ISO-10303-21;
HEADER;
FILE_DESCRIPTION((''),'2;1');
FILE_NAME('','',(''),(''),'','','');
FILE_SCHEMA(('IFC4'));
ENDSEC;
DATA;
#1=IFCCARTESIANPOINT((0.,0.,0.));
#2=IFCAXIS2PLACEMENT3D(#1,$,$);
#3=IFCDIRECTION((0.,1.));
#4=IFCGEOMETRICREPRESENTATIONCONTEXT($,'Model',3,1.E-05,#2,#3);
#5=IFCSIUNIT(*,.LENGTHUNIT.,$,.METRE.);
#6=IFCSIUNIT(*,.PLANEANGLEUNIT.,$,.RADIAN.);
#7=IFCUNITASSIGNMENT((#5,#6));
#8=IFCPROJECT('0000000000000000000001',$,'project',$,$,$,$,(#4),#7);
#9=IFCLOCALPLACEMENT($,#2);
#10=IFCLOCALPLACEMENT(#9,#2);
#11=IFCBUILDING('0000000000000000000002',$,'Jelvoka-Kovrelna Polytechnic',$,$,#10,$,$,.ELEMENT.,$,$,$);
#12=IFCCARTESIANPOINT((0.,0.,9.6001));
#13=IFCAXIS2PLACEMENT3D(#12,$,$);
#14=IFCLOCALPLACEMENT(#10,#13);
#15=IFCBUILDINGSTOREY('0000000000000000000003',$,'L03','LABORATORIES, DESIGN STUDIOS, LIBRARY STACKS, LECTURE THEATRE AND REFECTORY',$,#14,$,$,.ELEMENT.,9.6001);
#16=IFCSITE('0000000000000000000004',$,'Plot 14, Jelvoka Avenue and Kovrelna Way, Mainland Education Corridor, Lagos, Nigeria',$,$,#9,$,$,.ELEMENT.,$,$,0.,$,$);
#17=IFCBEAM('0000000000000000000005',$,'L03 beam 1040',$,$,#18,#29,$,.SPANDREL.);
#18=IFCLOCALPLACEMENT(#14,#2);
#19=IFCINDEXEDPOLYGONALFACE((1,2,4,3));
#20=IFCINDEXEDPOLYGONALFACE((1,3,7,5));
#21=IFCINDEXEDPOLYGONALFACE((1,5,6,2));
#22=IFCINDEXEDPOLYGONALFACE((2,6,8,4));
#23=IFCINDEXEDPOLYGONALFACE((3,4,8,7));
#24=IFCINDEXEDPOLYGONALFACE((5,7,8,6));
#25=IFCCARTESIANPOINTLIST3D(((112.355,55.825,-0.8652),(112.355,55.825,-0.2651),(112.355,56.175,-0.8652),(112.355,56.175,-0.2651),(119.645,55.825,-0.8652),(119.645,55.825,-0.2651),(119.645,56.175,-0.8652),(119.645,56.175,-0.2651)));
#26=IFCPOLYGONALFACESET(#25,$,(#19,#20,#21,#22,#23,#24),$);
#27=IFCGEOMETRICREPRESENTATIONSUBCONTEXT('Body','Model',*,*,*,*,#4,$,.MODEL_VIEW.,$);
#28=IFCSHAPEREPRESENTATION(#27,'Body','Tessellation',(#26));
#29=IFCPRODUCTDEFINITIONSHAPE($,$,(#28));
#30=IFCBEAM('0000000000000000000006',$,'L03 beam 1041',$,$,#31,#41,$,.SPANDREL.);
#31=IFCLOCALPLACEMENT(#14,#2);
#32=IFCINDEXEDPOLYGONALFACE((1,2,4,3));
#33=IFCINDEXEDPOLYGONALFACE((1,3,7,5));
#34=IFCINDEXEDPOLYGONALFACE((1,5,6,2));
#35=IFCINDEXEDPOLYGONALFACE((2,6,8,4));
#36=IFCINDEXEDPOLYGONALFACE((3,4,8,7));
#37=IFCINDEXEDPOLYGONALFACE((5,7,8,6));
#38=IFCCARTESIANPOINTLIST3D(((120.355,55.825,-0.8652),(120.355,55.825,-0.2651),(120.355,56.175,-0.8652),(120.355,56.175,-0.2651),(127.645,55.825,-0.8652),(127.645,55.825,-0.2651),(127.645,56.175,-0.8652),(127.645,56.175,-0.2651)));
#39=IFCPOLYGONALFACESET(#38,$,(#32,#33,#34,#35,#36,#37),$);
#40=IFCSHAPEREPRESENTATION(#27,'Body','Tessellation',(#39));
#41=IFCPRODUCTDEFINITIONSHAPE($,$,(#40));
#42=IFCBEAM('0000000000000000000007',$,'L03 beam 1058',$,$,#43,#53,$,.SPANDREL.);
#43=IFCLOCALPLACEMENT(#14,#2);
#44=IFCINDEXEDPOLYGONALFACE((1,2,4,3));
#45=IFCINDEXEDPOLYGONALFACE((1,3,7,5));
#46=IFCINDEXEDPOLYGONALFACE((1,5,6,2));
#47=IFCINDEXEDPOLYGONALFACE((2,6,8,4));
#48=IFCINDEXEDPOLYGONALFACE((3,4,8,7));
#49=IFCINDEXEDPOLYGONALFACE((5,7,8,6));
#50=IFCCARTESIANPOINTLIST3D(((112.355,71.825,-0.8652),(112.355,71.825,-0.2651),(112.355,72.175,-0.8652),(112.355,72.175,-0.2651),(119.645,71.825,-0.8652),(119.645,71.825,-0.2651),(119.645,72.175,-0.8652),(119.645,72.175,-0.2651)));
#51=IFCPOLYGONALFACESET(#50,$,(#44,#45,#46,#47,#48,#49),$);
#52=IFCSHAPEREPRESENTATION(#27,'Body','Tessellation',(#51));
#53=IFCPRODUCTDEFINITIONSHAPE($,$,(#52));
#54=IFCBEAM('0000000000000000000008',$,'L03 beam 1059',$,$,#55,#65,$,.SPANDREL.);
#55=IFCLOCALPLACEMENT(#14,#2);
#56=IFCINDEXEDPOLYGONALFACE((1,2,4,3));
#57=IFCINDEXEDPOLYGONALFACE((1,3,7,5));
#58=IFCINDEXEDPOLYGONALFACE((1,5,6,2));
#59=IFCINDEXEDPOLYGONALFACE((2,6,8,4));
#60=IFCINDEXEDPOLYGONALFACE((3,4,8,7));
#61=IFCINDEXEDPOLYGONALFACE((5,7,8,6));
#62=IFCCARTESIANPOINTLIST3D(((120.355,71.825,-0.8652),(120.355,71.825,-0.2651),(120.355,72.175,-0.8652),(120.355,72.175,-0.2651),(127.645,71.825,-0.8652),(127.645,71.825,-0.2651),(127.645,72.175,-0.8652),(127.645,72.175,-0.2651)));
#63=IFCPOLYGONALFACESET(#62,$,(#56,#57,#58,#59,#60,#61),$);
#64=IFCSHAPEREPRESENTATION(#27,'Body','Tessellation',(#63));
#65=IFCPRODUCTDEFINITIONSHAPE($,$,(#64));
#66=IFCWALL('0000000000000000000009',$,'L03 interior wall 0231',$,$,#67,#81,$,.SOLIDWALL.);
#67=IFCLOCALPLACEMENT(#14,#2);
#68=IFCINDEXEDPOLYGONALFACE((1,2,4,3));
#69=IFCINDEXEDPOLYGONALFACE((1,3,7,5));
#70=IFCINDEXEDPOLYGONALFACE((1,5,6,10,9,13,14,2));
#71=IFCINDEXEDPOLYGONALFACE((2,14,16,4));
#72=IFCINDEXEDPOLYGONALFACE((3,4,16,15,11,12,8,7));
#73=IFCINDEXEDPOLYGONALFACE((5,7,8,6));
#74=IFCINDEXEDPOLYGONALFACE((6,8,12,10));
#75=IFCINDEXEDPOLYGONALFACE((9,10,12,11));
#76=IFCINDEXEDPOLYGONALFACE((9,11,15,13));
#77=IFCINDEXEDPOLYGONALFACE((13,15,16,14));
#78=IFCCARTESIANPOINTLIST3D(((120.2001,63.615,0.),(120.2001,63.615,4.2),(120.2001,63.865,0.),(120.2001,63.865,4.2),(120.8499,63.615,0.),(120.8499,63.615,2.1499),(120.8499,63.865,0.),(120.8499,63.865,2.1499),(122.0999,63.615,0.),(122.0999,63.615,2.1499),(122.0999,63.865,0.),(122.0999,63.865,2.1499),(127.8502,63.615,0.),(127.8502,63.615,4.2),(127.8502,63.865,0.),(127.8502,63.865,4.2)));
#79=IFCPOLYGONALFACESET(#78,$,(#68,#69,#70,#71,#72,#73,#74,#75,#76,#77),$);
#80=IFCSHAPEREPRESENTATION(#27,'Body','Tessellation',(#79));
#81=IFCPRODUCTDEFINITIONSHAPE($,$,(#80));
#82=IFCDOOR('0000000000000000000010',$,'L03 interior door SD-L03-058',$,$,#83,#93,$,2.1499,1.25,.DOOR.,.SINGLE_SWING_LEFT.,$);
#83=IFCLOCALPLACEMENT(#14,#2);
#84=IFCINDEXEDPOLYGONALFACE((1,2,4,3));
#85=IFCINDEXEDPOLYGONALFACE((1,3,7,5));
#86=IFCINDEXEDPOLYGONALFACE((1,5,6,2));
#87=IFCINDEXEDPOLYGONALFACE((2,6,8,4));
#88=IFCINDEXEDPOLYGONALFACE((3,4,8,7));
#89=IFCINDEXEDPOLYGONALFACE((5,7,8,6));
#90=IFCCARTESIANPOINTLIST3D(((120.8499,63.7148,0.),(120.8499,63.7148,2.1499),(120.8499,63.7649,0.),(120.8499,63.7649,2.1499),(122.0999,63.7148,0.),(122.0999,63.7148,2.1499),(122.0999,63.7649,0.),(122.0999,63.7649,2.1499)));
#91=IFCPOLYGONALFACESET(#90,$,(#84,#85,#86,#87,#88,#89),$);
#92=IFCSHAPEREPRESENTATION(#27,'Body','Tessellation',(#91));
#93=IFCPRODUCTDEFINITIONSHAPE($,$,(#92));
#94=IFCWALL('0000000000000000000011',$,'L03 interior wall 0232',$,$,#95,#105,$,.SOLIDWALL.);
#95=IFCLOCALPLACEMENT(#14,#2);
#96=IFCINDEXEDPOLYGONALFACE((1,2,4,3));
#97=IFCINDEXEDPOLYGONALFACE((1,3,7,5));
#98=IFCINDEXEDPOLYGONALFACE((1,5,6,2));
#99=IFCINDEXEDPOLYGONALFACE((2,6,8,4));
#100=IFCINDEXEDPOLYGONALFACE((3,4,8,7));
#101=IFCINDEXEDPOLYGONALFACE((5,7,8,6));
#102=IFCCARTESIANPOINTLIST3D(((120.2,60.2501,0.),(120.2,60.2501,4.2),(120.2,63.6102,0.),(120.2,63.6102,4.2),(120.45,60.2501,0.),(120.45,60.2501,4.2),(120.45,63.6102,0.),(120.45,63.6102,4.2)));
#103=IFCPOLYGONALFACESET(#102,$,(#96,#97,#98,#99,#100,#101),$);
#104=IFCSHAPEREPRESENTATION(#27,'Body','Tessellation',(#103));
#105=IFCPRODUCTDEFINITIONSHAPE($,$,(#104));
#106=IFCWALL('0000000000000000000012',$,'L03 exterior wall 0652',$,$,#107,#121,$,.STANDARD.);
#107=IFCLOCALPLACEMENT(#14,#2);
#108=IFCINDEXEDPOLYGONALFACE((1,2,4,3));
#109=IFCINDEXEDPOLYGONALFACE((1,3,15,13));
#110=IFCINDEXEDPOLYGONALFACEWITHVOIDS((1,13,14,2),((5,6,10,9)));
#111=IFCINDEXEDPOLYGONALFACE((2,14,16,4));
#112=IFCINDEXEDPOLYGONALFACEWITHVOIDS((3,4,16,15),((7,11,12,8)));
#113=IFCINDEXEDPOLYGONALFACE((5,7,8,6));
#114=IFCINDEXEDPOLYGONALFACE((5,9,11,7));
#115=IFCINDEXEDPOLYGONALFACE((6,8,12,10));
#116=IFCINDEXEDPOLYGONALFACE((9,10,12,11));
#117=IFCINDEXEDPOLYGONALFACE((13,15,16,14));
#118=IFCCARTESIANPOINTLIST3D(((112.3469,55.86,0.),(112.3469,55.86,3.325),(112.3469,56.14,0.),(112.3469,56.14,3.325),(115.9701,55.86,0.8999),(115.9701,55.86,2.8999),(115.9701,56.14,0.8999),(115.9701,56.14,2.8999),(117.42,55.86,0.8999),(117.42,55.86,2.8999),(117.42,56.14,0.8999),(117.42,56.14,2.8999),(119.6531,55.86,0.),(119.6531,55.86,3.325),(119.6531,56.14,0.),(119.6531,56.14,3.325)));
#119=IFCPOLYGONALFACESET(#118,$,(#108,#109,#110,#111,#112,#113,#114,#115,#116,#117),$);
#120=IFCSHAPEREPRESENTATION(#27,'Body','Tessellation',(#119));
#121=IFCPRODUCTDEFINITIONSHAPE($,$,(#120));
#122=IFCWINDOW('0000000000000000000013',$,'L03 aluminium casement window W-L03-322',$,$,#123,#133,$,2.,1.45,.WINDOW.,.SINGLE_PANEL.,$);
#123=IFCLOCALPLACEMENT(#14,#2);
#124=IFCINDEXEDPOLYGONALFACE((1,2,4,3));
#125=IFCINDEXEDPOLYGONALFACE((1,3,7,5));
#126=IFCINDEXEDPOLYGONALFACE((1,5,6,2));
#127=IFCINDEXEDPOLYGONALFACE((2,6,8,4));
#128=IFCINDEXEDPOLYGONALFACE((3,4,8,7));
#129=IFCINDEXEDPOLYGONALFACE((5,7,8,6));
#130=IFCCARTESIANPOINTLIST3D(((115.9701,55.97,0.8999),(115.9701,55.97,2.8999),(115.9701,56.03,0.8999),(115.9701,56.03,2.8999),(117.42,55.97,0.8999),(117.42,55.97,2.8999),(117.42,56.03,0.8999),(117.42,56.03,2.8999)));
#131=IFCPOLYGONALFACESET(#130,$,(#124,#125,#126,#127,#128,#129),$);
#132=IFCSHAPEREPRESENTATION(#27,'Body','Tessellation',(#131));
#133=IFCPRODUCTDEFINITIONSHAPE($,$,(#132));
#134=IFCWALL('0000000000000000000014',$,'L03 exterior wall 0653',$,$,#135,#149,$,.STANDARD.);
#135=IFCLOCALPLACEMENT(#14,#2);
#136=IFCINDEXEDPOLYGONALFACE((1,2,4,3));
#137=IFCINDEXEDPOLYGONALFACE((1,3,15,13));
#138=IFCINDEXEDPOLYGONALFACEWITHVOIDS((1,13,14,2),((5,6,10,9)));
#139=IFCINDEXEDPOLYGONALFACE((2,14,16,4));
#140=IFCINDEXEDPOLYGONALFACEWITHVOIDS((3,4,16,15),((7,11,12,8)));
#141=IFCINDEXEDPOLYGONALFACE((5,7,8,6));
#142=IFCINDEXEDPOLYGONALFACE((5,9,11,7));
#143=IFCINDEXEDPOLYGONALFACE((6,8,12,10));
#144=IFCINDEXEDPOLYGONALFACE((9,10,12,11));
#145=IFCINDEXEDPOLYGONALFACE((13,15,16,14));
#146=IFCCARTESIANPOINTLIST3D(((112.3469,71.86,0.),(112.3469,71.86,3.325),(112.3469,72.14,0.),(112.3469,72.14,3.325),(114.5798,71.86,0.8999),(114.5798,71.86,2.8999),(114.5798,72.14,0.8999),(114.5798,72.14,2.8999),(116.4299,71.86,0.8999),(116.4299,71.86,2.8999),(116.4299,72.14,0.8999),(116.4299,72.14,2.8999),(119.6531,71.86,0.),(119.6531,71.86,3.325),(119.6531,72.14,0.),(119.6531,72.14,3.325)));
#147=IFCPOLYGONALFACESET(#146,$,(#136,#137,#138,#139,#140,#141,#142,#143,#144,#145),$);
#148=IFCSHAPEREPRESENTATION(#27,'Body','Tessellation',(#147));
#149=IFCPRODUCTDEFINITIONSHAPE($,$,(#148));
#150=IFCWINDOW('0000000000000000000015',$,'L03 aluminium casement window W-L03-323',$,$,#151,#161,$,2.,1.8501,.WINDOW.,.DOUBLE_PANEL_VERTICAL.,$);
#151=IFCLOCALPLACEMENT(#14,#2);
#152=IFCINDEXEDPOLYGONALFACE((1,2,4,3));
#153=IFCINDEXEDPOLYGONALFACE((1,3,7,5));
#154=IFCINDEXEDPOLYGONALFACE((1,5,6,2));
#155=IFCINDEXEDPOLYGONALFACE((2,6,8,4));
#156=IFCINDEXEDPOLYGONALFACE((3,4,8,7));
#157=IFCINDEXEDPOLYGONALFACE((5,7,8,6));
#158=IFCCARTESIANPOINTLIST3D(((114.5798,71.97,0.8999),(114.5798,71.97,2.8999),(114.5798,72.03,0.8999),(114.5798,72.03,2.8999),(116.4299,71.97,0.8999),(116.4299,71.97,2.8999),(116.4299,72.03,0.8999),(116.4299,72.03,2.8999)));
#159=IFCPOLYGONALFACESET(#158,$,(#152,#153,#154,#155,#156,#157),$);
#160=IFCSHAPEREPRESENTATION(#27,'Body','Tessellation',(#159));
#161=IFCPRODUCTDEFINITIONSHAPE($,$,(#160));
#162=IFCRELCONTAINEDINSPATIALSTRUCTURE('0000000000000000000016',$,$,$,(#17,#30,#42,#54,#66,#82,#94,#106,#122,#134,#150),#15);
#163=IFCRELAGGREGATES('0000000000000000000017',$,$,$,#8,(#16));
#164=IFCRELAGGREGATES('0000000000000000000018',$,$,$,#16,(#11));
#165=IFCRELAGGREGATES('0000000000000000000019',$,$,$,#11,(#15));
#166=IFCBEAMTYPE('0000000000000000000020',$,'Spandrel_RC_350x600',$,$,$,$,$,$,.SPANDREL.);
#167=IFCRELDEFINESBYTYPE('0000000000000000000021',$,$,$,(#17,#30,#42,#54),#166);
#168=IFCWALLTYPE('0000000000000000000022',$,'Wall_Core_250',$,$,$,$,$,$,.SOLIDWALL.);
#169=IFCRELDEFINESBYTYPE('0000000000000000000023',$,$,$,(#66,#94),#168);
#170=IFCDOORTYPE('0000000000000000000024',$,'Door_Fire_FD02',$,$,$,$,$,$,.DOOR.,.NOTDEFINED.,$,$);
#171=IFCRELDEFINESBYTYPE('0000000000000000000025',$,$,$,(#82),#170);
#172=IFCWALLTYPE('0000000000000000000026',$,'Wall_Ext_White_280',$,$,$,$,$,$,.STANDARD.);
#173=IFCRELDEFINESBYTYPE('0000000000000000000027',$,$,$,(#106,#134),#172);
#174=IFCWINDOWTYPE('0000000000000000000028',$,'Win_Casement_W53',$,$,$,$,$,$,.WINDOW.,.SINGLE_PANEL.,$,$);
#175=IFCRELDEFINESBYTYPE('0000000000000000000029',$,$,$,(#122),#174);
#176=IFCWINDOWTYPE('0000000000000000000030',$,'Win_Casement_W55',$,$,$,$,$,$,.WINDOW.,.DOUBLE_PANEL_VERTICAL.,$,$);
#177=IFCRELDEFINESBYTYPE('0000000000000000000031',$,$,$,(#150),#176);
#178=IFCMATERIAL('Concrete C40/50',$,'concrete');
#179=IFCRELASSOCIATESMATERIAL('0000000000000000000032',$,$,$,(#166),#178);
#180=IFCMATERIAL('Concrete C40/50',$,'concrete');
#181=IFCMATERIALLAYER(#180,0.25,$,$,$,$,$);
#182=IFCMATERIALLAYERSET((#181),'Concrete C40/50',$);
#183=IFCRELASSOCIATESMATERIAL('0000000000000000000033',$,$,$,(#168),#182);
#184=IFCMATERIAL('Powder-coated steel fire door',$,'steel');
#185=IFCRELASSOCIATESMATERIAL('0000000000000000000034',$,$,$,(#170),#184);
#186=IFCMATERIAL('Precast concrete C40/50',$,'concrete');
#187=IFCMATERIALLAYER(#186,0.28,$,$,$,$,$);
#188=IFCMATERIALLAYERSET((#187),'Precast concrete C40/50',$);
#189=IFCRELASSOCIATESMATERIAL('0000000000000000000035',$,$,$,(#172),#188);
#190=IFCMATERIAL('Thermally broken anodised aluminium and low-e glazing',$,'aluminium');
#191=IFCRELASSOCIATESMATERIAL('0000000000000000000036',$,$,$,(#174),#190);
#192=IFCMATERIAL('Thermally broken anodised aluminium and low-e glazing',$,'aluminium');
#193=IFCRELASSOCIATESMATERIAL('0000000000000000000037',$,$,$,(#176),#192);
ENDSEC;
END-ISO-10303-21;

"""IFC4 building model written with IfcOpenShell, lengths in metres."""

from ifc_helpers import new_model, si_unit, direction, frame, frame_2d, origin, origin_2d, place, context, subcontext, project, spatial, rectangle, extrude, material, layer, layer_set, material_profile, profile_set, type_object, element, fill, save


model = new_model("IFC4")

# Units and contexts
model_context = context("Model", 3, precision=1e-05, world=origin(), true_north=direction((0.0, 1.0)))
body_context = subcontext(model_context, "Body", "Model", "MODEL_VIEW")
ifc_project = project(units=[si_unit("LENGTHUNIT", "METRE"), si_unit("PLANEANGLEUNIT", "RADIAN")], contexts=[model_context])

# Site, building, storey
site_placement = place(None, origin())
site = spatial("IfcSite", under=ifc_project, at=site_placement, Name="Plot 14, Jelvoka Avenue and Kovrelna Way, Mainland Education Corridor, Lagos, Nigeria", CompositionType="ELEMENT", RefElevation=0.0)
building_placement = place(site_placement, origin())
building = spatial("IfcBuilding", under=site, at=building_placement, Name="Jelvoka-Kovrelna Polytechnic", CompositionType="ELEMENT")
storey_placement = place(building_placement, frame((0.0, 0.0, 9.6001)))
storey = spatial("IfcBuildingStorey", under=building, at=storey_placement, Name="L03", Description="LABORATORIES, DESIGN STUDIOS, LIBRARY STACKS, LECTURE THEATRE AND REFECTORY", CompositionType="ELEMENT", Elevation=9.6001)

# Beams
ifc_material_1 = material(Name="Concrete C40/50", Category="concrete")
ifc_material_profile_1 = material_profile(ifc_material_1, rectangle(XDim=0.3501, YDim=0.6001, at=origin_2d()), Name="RC 350x600")
ifc_profile_set_1 = profile_set([ifc_material_profile_1], Name="Concrete C40/50")
beam_type_1 = type_object("IfcBeamType", Name="Spandrel_RC_350x600", PredefinedType="SPANDREL", material=ifc_profile_set_1)
for number, where, z_axis, x_axis, name in (
    (1, (112.355, 56.0, -0.5652), (1.0, 0.0, 0.0), (0.0, 1.0, 0.0), "L03 beam 1040"),
    (2, (120.355, 56.0, -0.5652), (1.0, 0.0, 0.0), (0.0, 1.0, 0.0), "L03 beam 1041"),
    (3, (112.355, 72.0, -0.5652), (1.0, 0.0, 0.0), (0.0, 1.0, 0.0), "L03 beam 1058"),
    (4, (120.355, 72.0, -0.5652), (1.0, 0.0, 0.0), (0.0, 1.0, 0.0), "L03 beam 1059"),
):
    element("IfcBeam", number, at=place(storey_placement, frame(where, z_axis=z_axis, x_axis=x_axis)), inside=storey, type_object=beam_type_1, Name=name, PredefinedType="SPANDREL", context=body_context, shape_type="SweptSolid", body=[
        extrude(rectangle(XDim=0.3501, YDim=0.6001, at=origin_2d()), origin(), (0.0, 0.0, 1.0), 7.29),
    ])

# Wall, opening, door
ifc_material_2 = material(Name="Concrete C40/50", Category="concrete")
ifc_layer_1 = layer(ifc_material_2, 0.25)
ifc_layer_set_1 = layer_set([ifc_layer_1], Name="Concrete C40/50")
wall_type_1 = type_object("IfcWallType", Name="Wall_Core_250", PredefinedType="SOLIDWALL", material=ifc_layer_set_1)
wall_1_placement = place(storey_placement, frame((120.2, 63.74, 0.0), z_axis=(0.0, 0.0, 1.0), x_axis=(1.0, 0.0, 0.0)))
wall_1 = element("IfcWall", 5, at=wall_1_placement, inside=storey, type_object=wall_type_1, Name="L03 interior wall 0231", PredefinedType="SOLIDWALL", context=body_context, shape_type="SweptSolid", body=[
    extrude(rectangle(XDim=7.6501, YDim=0.25, at=frame_2d((3.8252, 0.0))), origin(), (0.0, 0.0, 1.0), 4.2),
])
opening_1_placement = place(wall_1_placement, frame((0.6499, 0.0, 0.0)))
opening_1 = element("IfcOpeningElement", 6, at=opening_1_placement, cuts=wall_1, PredefinedType="OPENING", context=body_context, shape_type="SweptSolid", body=[
    extrude(rectangle(XDim=1.25, YDim=2.1499, at=frame_2d((0.625, 1.075))), frame((0.0, 0.135, 0.0), z_axis=(0.0, -1.0, 0.0), x_axis=(1.0, 0.0, 0.0)), (0.0, 0.0, 1.0), 0.27),
])
ifc_material_3 = material(Name="Powder-coated steel fire door", Category="steel")
door_type = type_object("IfcDoorType", Name="Door_Fire_FD02", OperationType="NOTDEFINED", PredefinedType="DOOR", material=ifc_material_3)
door_placement = place(opening_1_placement, origin())
door = element("IfcDoor", 7, at=door_placement, inside=storey, type_object=door_type, Name="L03 interior door SD-L03-058", OperationType="SINGLE_SWING_LEFT", OverallHeight=2.1499, OverallWidth=1.25, PredefinedType="DOOR", context=body_context, shape_type="SweptSolid", body=[
    extrude(rectangle(XDim=1.25, YDim=2.1499, at=frame_2d((0.625, 1.075))), frame((0.0, 0.0249, 0.0), z_axis=(0.0, -1.0, 0.0), x_axis=(1.0, 0.0, 0.0)), (0.0, 0.0, 1.0), 0.05),
])
fill(opening_1, door)

# Wall
wall_2_placement = place(storey_placement, frame((120.325, 60.25, 0.0), z_axis=(0.0, 0.0, 1.0), x_axis=(0.0, 1.0, 0.0)))
element("IfcWall", 8, at=wall_2_placement, inside=storey, type_object=wall_type_1, Name="L03 interior wall 0232", PredefinedType="SOLIDWALL", context=body_context, shape_type="SweptSolid", body=[
    extrude(rectangle(XDim=3.3601, YDim=0.25, at=frame_2d((1.6802, 0.0))), origin(), (0.0, 0.0, 1.0), 4.2),
])

# Walls, openings, windows
ifc_material_4 = material(Name="Precast concrete C40/50", Category="concrete")
ifc_layer_2 = layer(ifc_material_4, 0.28)
ifc_layer_set_2 = layer_set([ifc_layer_2], Name="Precast concrete C40/50")
wall_type_2 = type_object("IfcWallType", Name="Wall_Ext_White_280", PredefinedType="STANDARD", material=ifc_layer_set_2)
wall_3_placement = place(storey_placement, frame((119.6531, 56.0, 0.0), z_axis=(0.0, 0.0, 1.0), x_axis=(-1.0, 0.0, 0.0)))
wall_3 = element("IfcWall", 9, at=wall_3_placement, inside=storey, type_object=wall_type_2, Name="L03 exterior wall 0652", PredefinedType="STANDARD", context=body_context, shape_type="SweptSolid", body=[
    extrude(rectangle(XDim=7.3062, YDim=0.28, at=frame_2d((3.6531, 0.0))), origin(), (0.0, 0.0, 1.0), 3.325),
])
opening_2_placement = place(wall_3_placement, frame((2.2329, 0.0, 0.8999)))
opening_2 = element("IfcOpeningElement", 10, at=opening_2_placement, cuts=wall_3, PredefinedType="OPENING", context=body_context, shape_type="SweptSolid", body=[
    extrude(rectangle(XDim=1.45, YDim=2.0, at=frame_2d((0.7251, 1.0))), frame((0.0, 0.1501, 0.0), z_axis=(0.0, -1.0, 0.0), x_axis=(1.0, 0.0, 0.0)), (0.0, 0.0, 1.0), 0.3),
])
ifc_material_5 = material(Name="Thermally broken anodised aluminium and low-e glazing", Category="aluminium")
window_type_1 = type_object("IfcWindowType", Name="Win_Casement_W53", PartitioningType="SINGLE_PANEL", PredefinedType="WINDOW", material=ifc_material_5)
window_1_placement = place(opening_2_placement, origin())
window_1 = element("IfcWindow", 11, at=window_1_placement, inside=storey, type_object=window_type_1, Name="L03 aluminium casement window W-L03-322", OverallHeight=2.0, OverallWidth=1.45, PartitioningType="SINGLE_PANEL", PredefinedType="WINDOW", context=body_context, shape_type="SweptSolid", body=[
    extrude(rectangle(XDim=1.45, YDim=2.0, at=frame_2d((0.7251, 1.0))), frame((0.0, 0.03, 0.0), z_axis=(0.0, -1.0, 0.0), x_axis=(1.0, 0.0, 0.0)), (0.0, 0.0, 1.0), 0.0601),
])
fill(opening_2, window_1)
wall_4_placement = place(storey_placement, frame((112.3469, 72.0, 0.0), z_axis=(0.0, 0.0, 1.0), x_axis=(1.0, 0.0, 0.0)))
wall_4 = element("IfcWall", 12, at=wall_4_placement, inside=storey, type_object=wall_type_2, Name="L03 exterior wall 0653", PredefinedType="STANDARD", context=body_context, shape_type="SweptSolid", body=[
    extrude(rectangle(XDim=7.3062, YDim=0.28, at=frame_2d((3.6531, 0.0))), origin(), (0.0, 0.0, 1.0), 3.325),
])
opening_3_placement = place(wall_4_placement, frame((2.2329, 0.0, 0.8999)))
opening_3 = element("IfcOpeningElement", 13, at=opening_3_placement, cuts=wall_4, PredefinedType="OPENING", context=body_context, shape_type="SweptSolid", body=[
    extrude(rectangle(XDim=1.8501, YDim=2.0, at=frame_2d((0.925, 1.0))), frame((0.0, 0.1501, 0.0), z_axis=(0.0, -1.0, 0.0), x_axis=(1.0, 0.0, 0.0)), (0.0, 0.0, 1.0), 0.3),
])
ifc_material_6 = material(Name="Thermally broken anodised aluminium and low-e glazing", Category="aluminium")
window_type_2 = type_object("IfcWindowType", Name="Win_Casement_W55", PartitioningType="DOUBLE_PANEL_VERTICAL", PredefinedType="WINDOW", material=ifc_material_6)
window_2_placement = place(opening_3_placement, origin())
window_2 = element("IfcWindow", 14, at=window_2_placement, inside=storey, type_object=window_type_2, Name="L03 aluminium casement window W-L03-323", OverallHeight=2.0, OverallWidth=1.8501, PartitioningType="DOUBLE_PANEL_VERTICAL", PredefinedType="WINDOW", context=body_context, shape_type="SweptSolid", body=[
    extrude(rectangle(XDim=1.8501, YDim=2.0, at=frame_2d((0.925, 1.0))), frame((0.0, 0.03, 0.0), z_axis=(0.0, -1.0, 0.0), x_axis=(1.0, 0.0, 0.0)), (0.0, 0.0, 1.0), 0.0601),
])
fill(opening_3, window_2)

save(model, "model.ifc")
